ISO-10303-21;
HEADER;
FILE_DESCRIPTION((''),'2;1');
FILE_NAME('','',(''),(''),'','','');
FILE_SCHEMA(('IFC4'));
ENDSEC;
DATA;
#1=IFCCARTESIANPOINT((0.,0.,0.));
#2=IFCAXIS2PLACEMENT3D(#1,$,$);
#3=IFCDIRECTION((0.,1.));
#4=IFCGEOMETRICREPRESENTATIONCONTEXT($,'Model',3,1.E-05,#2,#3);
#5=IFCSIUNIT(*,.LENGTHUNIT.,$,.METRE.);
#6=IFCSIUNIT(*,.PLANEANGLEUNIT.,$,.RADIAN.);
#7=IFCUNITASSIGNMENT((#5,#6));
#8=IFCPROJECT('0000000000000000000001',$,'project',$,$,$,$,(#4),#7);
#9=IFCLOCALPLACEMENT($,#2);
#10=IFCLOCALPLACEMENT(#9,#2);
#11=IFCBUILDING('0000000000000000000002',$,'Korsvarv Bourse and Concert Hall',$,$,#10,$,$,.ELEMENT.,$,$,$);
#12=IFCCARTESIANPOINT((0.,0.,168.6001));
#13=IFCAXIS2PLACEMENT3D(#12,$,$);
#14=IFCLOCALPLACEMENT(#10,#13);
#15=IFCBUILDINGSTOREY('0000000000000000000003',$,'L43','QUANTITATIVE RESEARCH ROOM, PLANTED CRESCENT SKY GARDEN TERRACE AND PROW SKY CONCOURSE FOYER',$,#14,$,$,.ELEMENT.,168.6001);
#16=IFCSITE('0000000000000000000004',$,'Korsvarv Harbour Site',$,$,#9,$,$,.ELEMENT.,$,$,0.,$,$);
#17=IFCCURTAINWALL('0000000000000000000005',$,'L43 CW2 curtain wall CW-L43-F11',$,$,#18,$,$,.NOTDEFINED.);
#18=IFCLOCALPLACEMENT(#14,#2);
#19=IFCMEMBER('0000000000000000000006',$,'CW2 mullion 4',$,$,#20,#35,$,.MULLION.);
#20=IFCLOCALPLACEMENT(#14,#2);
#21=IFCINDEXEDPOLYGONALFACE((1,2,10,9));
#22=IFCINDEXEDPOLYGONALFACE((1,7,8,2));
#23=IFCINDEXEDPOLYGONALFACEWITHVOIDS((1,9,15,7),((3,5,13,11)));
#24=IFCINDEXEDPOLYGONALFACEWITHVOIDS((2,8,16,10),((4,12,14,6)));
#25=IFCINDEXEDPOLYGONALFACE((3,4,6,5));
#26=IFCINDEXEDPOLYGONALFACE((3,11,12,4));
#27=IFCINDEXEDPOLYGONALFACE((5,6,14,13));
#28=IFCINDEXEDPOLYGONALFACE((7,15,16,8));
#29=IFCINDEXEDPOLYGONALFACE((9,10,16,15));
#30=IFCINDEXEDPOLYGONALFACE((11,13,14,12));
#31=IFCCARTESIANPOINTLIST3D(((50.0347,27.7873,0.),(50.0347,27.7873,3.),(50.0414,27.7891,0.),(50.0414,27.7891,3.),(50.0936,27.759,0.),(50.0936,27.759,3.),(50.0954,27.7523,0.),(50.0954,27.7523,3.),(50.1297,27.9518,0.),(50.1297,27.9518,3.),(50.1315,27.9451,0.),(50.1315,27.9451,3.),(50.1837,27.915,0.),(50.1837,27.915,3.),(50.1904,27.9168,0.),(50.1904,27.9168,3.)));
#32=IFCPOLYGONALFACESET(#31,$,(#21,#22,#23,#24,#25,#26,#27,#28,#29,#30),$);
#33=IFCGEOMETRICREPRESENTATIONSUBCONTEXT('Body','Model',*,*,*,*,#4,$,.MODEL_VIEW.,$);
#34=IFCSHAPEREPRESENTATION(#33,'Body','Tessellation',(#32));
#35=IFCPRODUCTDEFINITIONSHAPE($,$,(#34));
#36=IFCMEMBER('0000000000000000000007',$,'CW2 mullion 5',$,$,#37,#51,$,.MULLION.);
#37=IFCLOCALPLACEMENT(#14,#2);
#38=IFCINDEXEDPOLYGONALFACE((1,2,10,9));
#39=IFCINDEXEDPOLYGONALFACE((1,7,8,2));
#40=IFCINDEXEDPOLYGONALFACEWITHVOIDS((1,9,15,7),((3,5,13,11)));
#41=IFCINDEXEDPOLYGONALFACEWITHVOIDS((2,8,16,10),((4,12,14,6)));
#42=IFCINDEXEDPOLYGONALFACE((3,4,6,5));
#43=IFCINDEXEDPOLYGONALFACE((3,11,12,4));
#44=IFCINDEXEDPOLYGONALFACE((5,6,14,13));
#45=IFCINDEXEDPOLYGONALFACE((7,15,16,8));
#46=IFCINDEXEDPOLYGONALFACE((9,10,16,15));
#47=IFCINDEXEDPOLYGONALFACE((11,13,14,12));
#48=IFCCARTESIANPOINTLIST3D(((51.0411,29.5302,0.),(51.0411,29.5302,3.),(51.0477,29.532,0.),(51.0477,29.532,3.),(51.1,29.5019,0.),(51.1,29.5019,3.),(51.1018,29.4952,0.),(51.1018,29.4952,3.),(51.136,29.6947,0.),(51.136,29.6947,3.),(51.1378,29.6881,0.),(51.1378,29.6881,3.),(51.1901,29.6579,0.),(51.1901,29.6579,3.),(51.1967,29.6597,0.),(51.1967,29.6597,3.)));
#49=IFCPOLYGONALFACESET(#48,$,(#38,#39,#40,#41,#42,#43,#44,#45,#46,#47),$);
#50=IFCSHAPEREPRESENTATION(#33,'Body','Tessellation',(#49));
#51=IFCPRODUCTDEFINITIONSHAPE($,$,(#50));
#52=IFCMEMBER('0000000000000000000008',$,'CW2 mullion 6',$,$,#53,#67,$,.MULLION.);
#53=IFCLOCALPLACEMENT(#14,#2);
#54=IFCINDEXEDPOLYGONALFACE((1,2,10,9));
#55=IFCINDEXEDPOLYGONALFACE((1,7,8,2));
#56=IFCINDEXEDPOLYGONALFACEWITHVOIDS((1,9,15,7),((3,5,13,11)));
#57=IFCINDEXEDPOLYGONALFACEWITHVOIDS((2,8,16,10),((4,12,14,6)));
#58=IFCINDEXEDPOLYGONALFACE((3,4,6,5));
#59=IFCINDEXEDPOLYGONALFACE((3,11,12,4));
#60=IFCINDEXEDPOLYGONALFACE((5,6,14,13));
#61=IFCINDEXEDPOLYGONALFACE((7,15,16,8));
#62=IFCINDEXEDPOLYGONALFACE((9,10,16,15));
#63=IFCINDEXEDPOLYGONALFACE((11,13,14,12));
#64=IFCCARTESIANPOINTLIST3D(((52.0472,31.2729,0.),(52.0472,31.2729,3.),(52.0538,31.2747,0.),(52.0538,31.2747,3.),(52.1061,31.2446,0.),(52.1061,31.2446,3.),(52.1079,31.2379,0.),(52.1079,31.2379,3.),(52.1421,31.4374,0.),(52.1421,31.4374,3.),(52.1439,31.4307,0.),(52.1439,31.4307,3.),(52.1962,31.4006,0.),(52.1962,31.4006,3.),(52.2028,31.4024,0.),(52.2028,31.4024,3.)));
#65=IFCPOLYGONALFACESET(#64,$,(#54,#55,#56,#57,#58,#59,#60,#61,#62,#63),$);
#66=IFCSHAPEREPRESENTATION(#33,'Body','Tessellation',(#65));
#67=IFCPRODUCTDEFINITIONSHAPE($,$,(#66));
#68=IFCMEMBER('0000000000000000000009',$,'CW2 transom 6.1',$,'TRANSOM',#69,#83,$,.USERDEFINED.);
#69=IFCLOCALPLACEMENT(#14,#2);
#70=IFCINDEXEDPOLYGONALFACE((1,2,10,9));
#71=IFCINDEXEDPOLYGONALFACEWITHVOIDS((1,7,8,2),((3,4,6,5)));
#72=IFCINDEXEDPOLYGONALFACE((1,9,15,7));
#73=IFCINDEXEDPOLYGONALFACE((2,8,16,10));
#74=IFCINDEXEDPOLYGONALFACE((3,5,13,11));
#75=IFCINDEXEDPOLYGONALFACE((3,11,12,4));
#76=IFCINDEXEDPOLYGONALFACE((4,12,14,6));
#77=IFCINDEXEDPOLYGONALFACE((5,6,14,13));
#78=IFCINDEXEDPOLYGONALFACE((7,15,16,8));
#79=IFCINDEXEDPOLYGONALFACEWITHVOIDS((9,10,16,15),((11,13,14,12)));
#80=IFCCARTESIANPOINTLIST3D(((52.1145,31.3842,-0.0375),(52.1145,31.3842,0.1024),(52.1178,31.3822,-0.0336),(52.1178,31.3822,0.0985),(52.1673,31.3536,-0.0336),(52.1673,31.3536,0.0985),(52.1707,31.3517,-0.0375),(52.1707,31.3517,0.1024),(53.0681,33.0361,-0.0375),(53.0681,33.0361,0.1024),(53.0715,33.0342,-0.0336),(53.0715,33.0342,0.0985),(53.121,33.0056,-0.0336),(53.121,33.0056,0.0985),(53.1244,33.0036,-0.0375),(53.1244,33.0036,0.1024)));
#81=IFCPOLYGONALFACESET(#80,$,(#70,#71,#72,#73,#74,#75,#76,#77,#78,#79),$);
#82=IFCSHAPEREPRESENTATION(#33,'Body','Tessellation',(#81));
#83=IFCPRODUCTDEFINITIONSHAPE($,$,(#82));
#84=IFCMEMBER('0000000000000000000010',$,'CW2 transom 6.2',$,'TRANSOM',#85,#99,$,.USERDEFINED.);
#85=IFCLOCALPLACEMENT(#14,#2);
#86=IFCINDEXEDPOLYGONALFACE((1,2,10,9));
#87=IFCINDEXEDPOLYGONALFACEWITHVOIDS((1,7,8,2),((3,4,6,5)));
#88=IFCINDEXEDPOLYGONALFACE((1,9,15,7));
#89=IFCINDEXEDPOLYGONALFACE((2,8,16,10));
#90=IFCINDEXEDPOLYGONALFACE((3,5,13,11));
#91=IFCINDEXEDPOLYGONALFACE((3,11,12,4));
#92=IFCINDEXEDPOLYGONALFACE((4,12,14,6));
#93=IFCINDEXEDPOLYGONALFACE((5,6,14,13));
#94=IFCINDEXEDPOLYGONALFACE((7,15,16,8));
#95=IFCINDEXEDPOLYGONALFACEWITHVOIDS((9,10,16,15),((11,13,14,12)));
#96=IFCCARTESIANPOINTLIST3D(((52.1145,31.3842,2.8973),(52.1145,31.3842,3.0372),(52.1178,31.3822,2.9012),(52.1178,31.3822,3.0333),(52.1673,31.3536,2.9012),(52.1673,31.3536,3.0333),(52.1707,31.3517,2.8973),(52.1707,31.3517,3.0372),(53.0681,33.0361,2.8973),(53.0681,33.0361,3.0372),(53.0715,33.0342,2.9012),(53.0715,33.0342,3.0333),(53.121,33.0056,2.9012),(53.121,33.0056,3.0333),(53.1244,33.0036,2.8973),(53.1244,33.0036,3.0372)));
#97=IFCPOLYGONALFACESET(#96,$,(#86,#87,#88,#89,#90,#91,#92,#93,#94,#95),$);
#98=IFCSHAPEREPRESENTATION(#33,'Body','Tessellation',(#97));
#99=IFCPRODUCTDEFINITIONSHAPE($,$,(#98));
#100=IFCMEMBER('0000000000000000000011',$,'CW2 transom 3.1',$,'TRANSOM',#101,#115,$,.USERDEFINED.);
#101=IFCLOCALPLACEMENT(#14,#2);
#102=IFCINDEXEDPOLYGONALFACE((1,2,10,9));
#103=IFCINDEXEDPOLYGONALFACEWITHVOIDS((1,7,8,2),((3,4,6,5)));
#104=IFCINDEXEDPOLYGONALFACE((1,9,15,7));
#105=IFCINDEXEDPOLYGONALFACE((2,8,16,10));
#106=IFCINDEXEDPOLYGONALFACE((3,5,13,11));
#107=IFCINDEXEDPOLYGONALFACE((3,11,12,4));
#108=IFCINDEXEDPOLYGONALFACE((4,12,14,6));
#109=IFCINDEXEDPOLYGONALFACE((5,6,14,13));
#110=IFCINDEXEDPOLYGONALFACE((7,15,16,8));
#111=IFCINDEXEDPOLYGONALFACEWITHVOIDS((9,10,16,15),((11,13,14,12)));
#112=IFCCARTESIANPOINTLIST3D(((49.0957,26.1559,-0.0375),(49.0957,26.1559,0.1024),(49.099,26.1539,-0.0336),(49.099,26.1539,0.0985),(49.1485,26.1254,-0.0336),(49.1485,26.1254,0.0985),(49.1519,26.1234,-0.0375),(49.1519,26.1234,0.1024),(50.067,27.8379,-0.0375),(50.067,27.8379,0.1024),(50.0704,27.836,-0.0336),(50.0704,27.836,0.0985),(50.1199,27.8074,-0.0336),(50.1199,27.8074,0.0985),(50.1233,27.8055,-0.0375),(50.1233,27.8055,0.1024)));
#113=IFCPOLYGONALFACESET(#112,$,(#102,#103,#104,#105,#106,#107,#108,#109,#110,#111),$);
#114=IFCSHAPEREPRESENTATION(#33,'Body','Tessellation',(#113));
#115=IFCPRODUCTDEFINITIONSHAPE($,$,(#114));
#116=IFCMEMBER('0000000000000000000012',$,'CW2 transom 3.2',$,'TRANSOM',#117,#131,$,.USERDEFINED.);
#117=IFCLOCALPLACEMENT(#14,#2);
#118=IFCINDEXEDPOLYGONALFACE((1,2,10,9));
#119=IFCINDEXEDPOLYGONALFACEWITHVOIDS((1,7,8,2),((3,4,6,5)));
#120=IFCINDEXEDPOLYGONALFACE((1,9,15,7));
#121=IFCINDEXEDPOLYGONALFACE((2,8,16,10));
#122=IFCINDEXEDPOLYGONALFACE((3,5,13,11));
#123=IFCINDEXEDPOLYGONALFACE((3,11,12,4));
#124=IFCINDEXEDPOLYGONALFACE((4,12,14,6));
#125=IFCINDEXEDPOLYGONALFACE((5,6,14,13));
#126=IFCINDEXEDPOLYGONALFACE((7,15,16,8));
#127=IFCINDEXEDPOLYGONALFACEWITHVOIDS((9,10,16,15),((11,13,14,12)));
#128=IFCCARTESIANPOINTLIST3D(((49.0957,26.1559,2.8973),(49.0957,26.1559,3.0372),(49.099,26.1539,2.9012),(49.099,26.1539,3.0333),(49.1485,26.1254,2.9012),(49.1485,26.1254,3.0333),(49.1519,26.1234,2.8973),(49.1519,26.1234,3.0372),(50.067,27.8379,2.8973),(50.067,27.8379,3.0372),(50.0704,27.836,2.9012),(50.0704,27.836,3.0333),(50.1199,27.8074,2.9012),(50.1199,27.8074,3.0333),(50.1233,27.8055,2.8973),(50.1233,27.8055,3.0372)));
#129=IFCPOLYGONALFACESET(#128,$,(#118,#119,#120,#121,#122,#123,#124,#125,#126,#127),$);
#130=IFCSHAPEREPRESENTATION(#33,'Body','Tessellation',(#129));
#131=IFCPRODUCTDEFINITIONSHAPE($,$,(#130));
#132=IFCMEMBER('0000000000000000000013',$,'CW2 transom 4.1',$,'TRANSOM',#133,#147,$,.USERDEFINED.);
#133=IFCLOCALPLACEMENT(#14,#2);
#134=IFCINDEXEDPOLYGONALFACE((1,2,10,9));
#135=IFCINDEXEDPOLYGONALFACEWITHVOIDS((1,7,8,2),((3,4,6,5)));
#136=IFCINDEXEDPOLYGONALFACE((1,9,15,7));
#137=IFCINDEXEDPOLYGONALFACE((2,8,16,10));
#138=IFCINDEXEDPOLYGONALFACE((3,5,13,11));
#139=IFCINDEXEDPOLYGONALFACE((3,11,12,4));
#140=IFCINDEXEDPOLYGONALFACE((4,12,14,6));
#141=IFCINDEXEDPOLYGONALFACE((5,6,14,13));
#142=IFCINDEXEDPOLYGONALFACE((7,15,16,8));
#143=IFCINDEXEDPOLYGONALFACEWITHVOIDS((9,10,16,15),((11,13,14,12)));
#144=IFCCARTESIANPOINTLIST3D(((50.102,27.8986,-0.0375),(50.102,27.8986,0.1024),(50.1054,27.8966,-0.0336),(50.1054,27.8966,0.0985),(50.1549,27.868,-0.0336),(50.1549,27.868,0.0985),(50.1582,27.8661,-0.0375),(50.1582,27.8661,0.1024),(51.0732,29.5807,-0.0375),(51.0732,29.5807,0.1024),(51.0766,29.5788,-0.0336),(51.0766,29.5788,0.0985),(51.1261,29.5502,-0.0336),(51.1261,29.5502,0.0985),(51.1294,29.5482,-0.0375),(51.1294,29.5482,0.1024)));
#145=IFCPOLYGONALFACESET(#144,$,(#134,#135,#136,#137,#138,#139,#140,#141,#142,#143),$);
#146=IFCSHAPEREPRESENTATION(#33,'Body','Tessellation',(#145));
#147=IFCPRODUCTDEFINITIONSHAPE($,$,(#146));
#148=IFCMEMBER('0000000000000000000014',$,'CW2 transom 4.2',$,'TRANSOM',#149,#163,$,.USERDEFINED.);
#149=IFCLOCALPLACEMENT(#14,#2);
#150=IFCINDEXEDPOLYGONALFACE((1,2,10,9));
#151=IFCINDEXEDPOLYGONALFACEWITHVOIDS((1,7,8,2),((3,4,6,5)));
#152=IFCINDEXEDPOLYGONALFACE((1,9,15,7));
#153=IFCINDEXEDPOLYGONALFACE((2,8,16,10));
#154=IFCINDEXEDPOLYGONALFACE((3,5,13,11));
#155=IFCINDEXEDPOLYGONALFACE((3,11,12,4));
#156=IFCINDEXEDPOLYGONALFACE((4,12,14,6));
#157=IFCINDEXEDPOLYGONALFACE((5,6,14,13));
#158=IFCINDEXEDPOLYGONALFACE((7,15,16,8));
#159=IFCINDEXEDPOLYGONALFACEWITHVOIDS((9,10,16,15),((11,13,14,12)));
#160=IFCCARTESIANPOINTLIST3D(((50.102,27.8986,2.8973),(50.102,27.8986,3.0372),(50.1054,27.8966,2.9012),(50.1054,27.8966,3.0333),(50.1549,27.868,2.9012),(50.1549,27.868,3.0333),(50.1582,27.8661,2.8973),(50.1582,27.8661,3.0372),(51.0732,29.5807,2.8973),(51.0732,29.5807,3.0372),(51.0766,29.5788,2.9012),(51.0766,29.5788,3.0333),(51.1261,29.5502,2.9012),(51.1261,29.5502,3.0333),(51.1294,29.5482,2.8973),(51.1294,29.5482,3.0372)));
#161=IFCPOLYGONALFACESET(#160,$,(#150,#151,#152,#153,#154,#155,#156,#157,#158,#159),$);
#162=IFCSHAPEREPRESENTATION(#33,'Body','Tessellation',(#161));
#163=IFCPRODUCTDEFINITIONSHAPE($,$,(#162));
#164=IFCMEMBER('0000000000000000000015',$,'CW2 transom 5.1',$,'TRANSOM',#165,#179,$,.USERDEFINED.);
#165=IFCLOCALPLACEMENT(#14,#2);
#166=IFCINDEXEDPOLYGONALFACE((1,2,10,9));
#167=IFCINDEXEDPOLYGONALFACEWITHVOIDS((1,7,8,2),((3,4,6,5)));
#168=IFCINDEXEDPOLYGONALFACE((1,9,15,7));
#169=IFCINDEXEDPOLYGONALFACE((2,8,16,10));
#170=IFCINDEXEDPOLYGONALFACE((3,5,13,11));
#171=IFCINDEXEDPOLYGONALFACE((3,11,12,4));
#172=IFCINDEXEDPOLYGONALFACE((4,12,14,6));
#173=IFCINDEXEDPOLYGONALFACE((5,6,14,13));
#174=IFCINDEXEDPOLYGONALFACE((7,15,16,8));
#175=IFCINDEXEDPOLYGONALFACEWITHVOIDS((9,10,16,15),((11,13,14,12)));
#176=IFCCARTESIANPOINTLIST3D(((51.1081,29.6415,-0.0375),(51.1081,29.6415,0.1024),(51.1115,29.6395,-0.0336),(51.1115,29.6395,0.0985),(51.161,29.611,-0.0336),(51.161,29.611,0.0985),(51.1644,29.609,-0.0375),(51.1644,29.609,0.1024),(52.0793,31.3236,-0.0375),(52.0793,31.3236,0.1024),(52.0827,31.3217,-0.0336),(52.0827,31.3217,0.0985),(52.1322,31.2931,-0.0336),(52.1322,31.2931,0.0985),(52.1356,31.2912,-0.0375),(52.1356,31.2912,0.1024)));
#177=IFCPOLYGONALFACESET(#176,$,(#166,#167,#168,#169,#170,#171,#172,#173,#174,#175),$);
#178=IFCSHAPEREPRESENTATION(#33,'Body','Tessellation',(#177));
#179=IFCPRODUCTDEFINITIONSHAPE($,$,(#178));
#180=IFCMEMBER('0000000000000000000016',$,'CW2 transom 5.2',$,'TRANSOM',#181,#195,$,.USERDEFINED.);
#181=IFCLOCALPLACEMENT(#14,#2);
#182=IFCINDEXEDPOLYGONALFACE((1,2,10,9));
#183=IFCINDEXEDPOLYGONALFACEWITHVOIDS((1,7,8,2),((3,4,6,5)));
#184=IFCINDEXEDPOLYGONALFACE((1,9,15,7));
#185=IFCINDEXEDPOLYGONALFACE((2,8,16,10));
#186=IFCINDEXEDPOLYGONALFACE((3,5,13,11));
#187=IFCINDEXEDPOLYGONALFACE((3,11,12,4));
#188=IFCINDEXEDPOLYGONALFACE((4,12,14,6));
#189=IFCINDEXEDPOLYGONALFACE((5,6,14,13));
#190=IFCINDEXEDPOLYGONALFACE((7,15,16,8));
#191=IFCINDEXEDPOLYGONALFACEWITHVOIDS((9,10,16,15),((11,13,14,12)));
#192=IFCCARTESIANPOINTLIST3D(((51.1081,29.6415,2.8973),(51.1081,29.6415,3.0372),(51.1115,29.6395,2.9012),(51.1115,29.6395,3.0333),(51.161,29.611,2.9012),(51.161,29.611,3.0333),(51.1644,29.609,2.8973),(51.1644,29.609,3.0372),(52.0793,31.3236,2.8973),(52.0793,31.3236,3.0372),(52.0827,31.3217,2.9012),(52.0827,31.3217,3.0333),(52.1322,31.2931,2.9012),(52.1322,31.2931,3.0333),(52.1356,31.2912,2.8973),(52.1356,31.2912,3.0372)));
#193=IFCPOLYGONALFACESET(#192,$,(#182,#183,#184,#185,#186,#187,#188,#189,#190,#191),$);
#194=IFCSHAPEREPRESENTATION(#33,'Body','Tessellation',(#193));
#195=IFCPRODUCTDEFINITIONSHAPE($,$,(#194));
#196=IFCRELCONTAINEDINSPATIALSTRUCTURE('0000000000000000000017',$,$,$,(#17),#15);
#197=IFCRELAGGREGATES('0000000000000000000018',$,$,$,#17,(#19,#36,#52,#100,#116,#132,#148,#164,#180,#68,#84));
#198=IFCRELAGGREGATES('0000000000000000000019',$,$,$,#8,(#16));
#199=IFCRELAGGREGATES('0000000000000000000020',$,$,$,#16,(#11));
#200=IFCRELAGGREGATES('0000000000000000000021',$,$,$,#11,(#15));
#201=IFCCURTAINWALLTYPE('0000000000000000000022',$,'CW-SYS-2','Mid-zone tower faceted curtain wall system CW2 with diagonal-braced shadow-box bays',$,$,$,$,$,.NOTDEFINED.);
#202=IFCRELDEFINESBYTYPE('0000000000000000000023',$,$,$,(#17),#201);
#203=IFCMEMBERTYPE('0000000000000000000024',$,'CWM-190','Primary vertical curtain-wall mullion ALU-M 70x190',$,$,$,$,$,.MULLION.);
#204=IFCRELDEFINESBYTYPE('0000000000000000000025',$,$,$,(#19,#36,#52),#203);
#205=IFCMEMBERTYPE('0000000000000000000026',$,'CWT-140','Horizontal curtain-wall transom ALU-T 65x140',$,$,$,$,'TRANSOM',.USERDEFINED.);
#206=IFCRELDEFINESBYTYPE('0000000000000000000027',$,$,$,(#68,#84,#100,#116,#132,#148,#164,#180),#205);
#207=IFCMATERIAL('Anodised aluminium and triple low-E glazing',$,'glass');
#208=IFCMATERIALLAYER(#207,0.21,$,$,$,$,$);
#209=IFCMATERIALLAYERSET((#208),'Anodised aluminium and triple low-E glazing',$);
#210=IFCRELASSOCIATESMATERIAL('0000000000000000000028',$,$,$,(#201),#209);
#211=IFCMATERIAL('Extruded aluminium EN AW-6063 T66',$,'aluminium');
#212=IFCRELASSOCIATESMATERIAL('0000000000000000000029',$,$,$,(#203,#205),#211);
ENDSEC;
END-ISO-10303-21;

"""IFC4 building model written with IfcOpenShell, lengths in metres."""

from ifc_helpers import new_model, si_unit, direction, frame, origin, origin_2d, place, context, subcontext, project, spatial, hollow_rectangle, extrude, source, transform, mapped, material, layer, layer_set, material_profile, profile_set, type_object, element, aggregate, save


model = new_model("IFC4")

# Units and contexts
model_context = context("Model", 3, precision=1e-05, world=origin(), true_north=direction((0.0, 1.0)))
body_context = subcontext(model_context, "Body", "Model", "MODEL_VIEW")
ifc_project = project(units=[si_unit("LENGTHUNIT", "METRE"), si_unit("PLANEANGLEUNIT", "RADIAN")], contexts=[model_context])

# Site, building, storey
site_placement = place(None, origin())
site = spatial("IfcSite", under=ifc_project, at=site_placement, Name="Korsvarv Harbour Site", CompositionType="ELEMENT", RefElevation=0.0)
building_placement = place(site_placement, origin())
building = spatial("IfcBuilding", under=site, at=building_placement, Name="Korsvarv Bourse and Concert Hall", CompositionType="ELEMENT")
storey_placement = place(building_placement, frame((0.0, 0.0, 168.6001)))
storey = spatial("IfcBuildingStorey", under=building, at=storey_placement, Name="L43", Description="QUANTITATIVE RESEARCH ROOM, PLANTED CRESCENT SKY GARDEN TERRACE AND PROW SKY CONCOURSE FOYER", CompositionType="ELEMENT", Elevation=168.6001)

# Curtain wall, members
ifc_material_1 = material(Name="Anodised aluminium and triple low-E glazing", Category="glass")
ifc_layer_1 = layer(ifc_material_1, 0.21)
ifc_layer_set_1 = layer_set([ifc_layer_1], Name="Anodised aluminium and triple low-E glazing")
curtain_wall_type = type_object("IfcCurtainWallType", Name="CW-SYS-2", Description="Mid-zone tower faceted curtain wall system CW2 with diagonal-braced shadow-box bays", PredefinedType="NOTDEFINED", material=ifc_layer_set_1)
curtain_wall_placement = place(storey_placement, origin())
curtain_wall = element("IfcCurtainWall", 1, at=curtain_wall_placement, inside=storey, type_object=curtain_wall_type, Name="L43 CW2 curtain wall CW-L43-F11", PredefinedType="NOTDEFINED")
ifc_material_2 = material(Name="Extruded aluminium EN AW-6063 T66", Category="aluminium")
ifc_material_profile_1 = material_profile(ifc_material_2, hollow_rectangle(XDim=0.0701, YDim=0.1899, WallThickness=0.0049, at=origin_2d()), Name="ALU-M 70x190")
ifc_profile_set_1 = profile_set([ifc_material_profile_1], Name="Extruded aluminium EN AW-6063 T66")
member_type_1 = type_object("IfcMemberType", Name="CWM-190", Description="Primary vertical curtain-wall mullion ALU-M 70x190", PredefinedType="MULLION", material=ifc_profile_set_1)
shared_shape_1 = source(origin(), body_context, "Body", "SweptSolid", [
    extrude(hollow_rectangle(XDim=0.0701, YDim=0.1899, WallThickness=0.0049, at=origin_2d()), origin(), (0.0, 0.0, 1.0), 3.0),
])
member_1_placement = place(storey_placement, frame((50.1125, 27.8521, 0.0), z_axis=(0.0, 0.0, 1.0), x_axis=(-0.866023, 0.500005, 0.0)))
member_1 = element("IfcMember", 2, at=member_1_placement, type_object=member_type_1, Name="CW2 mullion 4", PredefinedType="MULLION", context=body_context, shape_type="MappedRepresentation", body=[
    mapped(shared_shape_1, transform((0.0, 0.0, 0.0), scale=1.0)),
])
member_2_placement = place(storey_placement, frame((51.1189, 29.595, 0.0), z_axis=(0.0, 0.0, 1.0), x_axis=(-0.866023, 0.500005, 0.0)))
member_2 = element("IfcMember", 3, at=member_2_placement, type_object=member_type_1, Name="CW2 mullion 5", PredefinedType="MULLION", context=body_context, shape_type="MappedRepresentation", body=[
    mapped(shared_shape_1, transform((0.0, 0.0, 0.0), scale=1.0)),
])
member_3_placement = place(storey_placement, frame((52.125, 31.3376, 0.0), z_axis=(0.0, 0.0, 1.0), x_axis=(-0.866023, 0.500005, 0.0)))
member_3 = element("IfcMember", 4, at=member_3_placement, type_object=member_type_1, Name="CW2 mullion 6", PredefinedType="MULLION", context=body_context, shape_type="MappedRepresentation", body=[
    mapped(shared_shape_1, transform((0.0, 0.0, 0.0), scale=1.0)),
])
ifc_material_profile_2 = material_profile(ifc_material_2, hollow_rectangle(XDim=0.0649, YDim=0.1399, WallThickness=0.0039, at=origin_2d()), Name="ALU-T 65x140")
ifc_profile_set_2 = profile_set([ifc_material_profile_2], Name="Extruded aluminium EN AW-6063 T66")
member_type_2 = type_object("IfcMemberType", Name="CWT-140", Description="Horizontal curtain-wall transom ALU-T 65x140", ElementType="TRANSOM", PredefinedType="USERDEFINED", material=ifc_profile_set_2)
shared_shape_2 = source(origin(), body_context, "Body", "SweptSolid", [
    extrude(hollow_rectangle(XDim=0.0649, YDim=0.1399, WallThickness=0.0039, at=origin_2d()), origin(), (0.0, 0.0, 1.0), 1.9075),
])
member_4_placement = place(storey_placement, frame((52.1426, 31.3679, 0.0325), z_axis=(0.499966, 0.866045, 0.0), x_axis=(-0.866045, 0.499966, 0.0)))
member_4 = element("IfcMember", 5, at=member_4_placement, type_object=member_type_2, Name="CW2 transom 6.1", ObjectType="TRANSOM", PredefinedType="USERDEFINED", context=body_context, shape_type="MappedRepresentation", body=[
    mapped(shared_shape_2, transform((0.0, 0.0, 0.0), scale=1.0)),
])
member_5_placement = place(storey_placement, frame((52.1426, 31.3679, 2.9673), z_axis=(0.499966, 0.866045, 0.0), x_axis=(-0.866045, 0.499966, 0.0)))
member_5 = element("IfcMember", 6, at=member_5_placement, type_object=member_type_2, Name="CW2 transom 6.2", ObjectType="TRANSOM", PredefinedType="USERDEFINED", context=body_context, shape_type="MappedRepresentation", body=[
    mapped(shared_shape_2, transform((0.0, 0.0, 0.0), scale=1.0)),
])
shared_shape_3 = source(origin(), body_context, "Body", "SweptSolid", [
    extrude(hollow_rectangle(XDim=0.0649, YDim=0.1399, WallThickness=0.0039, at=origin_2d()), origin(), (0.0, 0.0, 1.0), 1.9424),
])
member_6_placement = place(storey_placement, frame((49.1238, 26.1396, 0.0325), z_axis=(0.5001, 0.865968, 0.0), x_axis=(-0.865968, 0.5001, 0.0)))
member_6 = element("IfcMember", 7, at=member_6_placement, type_object=member_type_2, Name="CW2 transom 3.1", ObjectType="TRANSOM", PredefinedType="USERDEFINED", context=body_context, shape_type="MappedRepresentation", body=[
    mapped(shared_shape_3, transform((0.0, 0.0, 0.0), scale=1.0)),
])
member_7_placement = place(storey_placement, frame((49.1238, 26.1396, 2.9673), z_axis=(0.5001, 0.865968, 0.0), x_axis=(-0.865968, 0.5001, 0.0)))
member_7 = element("IfcMember", 8, at=member_7_placement, type_object=member_type_2, Name="CW2 transom 3.2", ObjectType="TRANSOM", PredefinedType="USERDEFINED", context=body_context, shape_type="MappedRepresentation", body=[
    mapped(shared_shape_3, transform((0.0, 0.0, 0.0), scale=1.0)),
])
member_8_placement = place(storey_placement, frame((50.1301, 27.8823, 0.0325), z_axis=(0.500005, 0.866022, 0.0), x_axis=(-0.866022, 0.500005, 0.0)))
member_8 = element("IfcMember", 9, at=member_8_placement, type_object=member_type_2, Name="CW2 transom 4.1", ObjectType="TRANSOM", PredefinedType="USERDEFINED", context=body_context, shape_type="MappedRepresentation", body=[
    mapped(shared_shape_3, transform((0.0, 0.0, 0.0), scale=1.0)),
])
member_9_placement = place(storey_placement, frame((50.1301, 27.8823, 2.9673), z_axis=(0.500005, 0.866022, 0.0), x_axis=(-0.866022, 0.500005, 0.0)))
member_9 = element("IfcMember", 10, at=member_9_placement, type_object=member_type_2, Name="CW2 transom 4.2", ObjectType="TRANSOM", PredefinedType="USERDEFINED", context=body_context, shape_type="MappedRepresentation", body=[
    mapped(shared_shape_3, transform((0.0, 0.0, 0.0), scale=1.0)),
])
member_10_placement = place(storey_placement, frame((51.1362, 29.6252, 0.0325), z_axis=(0.500005, 0.866022, 0.0), x_axis=(-0.866022, 0.500005, 0.0)))
member_10 = element("IfcMember", 11, at=member_10_placement, type_object=member_type_2, Name="CW2 transom 5.1", ObjectType="TRANSOM", PredefinedType="USERDEFINED", context=body_context, shape_type="MappedRepresentation", body=[
    mapped(shared_shape_3, transform((0.0, 0.0, 0.0), scale=1.0)),
])
member_11_placement = place(storey_placement, frame((51.1362, 29.6252, 2.9673), z_axis=(0.500005, 0.866022, 0.0), x_axis=(-0.866022, 0.500005, 0.0)))
member_11 = element("IfcMember", 12, at=member_11_placement, type_object=member_type_2, Name="CW2 transom 5.2", ObjectType="TRANSOM", PredefinedType="USERDEFINED", context=body_context, shape_type="MappedRepresentation", body=[
    mapped(shared_shape_3, transform((0.0, 0.0, 0.0), scale=1.0)),
])
aggregate(curtain_wall, [member_1, member_2, member_3, member_6, member_7, member_8, member_9, member_10, member_11, member_4, member_5])

save(model, "model.ifc")
